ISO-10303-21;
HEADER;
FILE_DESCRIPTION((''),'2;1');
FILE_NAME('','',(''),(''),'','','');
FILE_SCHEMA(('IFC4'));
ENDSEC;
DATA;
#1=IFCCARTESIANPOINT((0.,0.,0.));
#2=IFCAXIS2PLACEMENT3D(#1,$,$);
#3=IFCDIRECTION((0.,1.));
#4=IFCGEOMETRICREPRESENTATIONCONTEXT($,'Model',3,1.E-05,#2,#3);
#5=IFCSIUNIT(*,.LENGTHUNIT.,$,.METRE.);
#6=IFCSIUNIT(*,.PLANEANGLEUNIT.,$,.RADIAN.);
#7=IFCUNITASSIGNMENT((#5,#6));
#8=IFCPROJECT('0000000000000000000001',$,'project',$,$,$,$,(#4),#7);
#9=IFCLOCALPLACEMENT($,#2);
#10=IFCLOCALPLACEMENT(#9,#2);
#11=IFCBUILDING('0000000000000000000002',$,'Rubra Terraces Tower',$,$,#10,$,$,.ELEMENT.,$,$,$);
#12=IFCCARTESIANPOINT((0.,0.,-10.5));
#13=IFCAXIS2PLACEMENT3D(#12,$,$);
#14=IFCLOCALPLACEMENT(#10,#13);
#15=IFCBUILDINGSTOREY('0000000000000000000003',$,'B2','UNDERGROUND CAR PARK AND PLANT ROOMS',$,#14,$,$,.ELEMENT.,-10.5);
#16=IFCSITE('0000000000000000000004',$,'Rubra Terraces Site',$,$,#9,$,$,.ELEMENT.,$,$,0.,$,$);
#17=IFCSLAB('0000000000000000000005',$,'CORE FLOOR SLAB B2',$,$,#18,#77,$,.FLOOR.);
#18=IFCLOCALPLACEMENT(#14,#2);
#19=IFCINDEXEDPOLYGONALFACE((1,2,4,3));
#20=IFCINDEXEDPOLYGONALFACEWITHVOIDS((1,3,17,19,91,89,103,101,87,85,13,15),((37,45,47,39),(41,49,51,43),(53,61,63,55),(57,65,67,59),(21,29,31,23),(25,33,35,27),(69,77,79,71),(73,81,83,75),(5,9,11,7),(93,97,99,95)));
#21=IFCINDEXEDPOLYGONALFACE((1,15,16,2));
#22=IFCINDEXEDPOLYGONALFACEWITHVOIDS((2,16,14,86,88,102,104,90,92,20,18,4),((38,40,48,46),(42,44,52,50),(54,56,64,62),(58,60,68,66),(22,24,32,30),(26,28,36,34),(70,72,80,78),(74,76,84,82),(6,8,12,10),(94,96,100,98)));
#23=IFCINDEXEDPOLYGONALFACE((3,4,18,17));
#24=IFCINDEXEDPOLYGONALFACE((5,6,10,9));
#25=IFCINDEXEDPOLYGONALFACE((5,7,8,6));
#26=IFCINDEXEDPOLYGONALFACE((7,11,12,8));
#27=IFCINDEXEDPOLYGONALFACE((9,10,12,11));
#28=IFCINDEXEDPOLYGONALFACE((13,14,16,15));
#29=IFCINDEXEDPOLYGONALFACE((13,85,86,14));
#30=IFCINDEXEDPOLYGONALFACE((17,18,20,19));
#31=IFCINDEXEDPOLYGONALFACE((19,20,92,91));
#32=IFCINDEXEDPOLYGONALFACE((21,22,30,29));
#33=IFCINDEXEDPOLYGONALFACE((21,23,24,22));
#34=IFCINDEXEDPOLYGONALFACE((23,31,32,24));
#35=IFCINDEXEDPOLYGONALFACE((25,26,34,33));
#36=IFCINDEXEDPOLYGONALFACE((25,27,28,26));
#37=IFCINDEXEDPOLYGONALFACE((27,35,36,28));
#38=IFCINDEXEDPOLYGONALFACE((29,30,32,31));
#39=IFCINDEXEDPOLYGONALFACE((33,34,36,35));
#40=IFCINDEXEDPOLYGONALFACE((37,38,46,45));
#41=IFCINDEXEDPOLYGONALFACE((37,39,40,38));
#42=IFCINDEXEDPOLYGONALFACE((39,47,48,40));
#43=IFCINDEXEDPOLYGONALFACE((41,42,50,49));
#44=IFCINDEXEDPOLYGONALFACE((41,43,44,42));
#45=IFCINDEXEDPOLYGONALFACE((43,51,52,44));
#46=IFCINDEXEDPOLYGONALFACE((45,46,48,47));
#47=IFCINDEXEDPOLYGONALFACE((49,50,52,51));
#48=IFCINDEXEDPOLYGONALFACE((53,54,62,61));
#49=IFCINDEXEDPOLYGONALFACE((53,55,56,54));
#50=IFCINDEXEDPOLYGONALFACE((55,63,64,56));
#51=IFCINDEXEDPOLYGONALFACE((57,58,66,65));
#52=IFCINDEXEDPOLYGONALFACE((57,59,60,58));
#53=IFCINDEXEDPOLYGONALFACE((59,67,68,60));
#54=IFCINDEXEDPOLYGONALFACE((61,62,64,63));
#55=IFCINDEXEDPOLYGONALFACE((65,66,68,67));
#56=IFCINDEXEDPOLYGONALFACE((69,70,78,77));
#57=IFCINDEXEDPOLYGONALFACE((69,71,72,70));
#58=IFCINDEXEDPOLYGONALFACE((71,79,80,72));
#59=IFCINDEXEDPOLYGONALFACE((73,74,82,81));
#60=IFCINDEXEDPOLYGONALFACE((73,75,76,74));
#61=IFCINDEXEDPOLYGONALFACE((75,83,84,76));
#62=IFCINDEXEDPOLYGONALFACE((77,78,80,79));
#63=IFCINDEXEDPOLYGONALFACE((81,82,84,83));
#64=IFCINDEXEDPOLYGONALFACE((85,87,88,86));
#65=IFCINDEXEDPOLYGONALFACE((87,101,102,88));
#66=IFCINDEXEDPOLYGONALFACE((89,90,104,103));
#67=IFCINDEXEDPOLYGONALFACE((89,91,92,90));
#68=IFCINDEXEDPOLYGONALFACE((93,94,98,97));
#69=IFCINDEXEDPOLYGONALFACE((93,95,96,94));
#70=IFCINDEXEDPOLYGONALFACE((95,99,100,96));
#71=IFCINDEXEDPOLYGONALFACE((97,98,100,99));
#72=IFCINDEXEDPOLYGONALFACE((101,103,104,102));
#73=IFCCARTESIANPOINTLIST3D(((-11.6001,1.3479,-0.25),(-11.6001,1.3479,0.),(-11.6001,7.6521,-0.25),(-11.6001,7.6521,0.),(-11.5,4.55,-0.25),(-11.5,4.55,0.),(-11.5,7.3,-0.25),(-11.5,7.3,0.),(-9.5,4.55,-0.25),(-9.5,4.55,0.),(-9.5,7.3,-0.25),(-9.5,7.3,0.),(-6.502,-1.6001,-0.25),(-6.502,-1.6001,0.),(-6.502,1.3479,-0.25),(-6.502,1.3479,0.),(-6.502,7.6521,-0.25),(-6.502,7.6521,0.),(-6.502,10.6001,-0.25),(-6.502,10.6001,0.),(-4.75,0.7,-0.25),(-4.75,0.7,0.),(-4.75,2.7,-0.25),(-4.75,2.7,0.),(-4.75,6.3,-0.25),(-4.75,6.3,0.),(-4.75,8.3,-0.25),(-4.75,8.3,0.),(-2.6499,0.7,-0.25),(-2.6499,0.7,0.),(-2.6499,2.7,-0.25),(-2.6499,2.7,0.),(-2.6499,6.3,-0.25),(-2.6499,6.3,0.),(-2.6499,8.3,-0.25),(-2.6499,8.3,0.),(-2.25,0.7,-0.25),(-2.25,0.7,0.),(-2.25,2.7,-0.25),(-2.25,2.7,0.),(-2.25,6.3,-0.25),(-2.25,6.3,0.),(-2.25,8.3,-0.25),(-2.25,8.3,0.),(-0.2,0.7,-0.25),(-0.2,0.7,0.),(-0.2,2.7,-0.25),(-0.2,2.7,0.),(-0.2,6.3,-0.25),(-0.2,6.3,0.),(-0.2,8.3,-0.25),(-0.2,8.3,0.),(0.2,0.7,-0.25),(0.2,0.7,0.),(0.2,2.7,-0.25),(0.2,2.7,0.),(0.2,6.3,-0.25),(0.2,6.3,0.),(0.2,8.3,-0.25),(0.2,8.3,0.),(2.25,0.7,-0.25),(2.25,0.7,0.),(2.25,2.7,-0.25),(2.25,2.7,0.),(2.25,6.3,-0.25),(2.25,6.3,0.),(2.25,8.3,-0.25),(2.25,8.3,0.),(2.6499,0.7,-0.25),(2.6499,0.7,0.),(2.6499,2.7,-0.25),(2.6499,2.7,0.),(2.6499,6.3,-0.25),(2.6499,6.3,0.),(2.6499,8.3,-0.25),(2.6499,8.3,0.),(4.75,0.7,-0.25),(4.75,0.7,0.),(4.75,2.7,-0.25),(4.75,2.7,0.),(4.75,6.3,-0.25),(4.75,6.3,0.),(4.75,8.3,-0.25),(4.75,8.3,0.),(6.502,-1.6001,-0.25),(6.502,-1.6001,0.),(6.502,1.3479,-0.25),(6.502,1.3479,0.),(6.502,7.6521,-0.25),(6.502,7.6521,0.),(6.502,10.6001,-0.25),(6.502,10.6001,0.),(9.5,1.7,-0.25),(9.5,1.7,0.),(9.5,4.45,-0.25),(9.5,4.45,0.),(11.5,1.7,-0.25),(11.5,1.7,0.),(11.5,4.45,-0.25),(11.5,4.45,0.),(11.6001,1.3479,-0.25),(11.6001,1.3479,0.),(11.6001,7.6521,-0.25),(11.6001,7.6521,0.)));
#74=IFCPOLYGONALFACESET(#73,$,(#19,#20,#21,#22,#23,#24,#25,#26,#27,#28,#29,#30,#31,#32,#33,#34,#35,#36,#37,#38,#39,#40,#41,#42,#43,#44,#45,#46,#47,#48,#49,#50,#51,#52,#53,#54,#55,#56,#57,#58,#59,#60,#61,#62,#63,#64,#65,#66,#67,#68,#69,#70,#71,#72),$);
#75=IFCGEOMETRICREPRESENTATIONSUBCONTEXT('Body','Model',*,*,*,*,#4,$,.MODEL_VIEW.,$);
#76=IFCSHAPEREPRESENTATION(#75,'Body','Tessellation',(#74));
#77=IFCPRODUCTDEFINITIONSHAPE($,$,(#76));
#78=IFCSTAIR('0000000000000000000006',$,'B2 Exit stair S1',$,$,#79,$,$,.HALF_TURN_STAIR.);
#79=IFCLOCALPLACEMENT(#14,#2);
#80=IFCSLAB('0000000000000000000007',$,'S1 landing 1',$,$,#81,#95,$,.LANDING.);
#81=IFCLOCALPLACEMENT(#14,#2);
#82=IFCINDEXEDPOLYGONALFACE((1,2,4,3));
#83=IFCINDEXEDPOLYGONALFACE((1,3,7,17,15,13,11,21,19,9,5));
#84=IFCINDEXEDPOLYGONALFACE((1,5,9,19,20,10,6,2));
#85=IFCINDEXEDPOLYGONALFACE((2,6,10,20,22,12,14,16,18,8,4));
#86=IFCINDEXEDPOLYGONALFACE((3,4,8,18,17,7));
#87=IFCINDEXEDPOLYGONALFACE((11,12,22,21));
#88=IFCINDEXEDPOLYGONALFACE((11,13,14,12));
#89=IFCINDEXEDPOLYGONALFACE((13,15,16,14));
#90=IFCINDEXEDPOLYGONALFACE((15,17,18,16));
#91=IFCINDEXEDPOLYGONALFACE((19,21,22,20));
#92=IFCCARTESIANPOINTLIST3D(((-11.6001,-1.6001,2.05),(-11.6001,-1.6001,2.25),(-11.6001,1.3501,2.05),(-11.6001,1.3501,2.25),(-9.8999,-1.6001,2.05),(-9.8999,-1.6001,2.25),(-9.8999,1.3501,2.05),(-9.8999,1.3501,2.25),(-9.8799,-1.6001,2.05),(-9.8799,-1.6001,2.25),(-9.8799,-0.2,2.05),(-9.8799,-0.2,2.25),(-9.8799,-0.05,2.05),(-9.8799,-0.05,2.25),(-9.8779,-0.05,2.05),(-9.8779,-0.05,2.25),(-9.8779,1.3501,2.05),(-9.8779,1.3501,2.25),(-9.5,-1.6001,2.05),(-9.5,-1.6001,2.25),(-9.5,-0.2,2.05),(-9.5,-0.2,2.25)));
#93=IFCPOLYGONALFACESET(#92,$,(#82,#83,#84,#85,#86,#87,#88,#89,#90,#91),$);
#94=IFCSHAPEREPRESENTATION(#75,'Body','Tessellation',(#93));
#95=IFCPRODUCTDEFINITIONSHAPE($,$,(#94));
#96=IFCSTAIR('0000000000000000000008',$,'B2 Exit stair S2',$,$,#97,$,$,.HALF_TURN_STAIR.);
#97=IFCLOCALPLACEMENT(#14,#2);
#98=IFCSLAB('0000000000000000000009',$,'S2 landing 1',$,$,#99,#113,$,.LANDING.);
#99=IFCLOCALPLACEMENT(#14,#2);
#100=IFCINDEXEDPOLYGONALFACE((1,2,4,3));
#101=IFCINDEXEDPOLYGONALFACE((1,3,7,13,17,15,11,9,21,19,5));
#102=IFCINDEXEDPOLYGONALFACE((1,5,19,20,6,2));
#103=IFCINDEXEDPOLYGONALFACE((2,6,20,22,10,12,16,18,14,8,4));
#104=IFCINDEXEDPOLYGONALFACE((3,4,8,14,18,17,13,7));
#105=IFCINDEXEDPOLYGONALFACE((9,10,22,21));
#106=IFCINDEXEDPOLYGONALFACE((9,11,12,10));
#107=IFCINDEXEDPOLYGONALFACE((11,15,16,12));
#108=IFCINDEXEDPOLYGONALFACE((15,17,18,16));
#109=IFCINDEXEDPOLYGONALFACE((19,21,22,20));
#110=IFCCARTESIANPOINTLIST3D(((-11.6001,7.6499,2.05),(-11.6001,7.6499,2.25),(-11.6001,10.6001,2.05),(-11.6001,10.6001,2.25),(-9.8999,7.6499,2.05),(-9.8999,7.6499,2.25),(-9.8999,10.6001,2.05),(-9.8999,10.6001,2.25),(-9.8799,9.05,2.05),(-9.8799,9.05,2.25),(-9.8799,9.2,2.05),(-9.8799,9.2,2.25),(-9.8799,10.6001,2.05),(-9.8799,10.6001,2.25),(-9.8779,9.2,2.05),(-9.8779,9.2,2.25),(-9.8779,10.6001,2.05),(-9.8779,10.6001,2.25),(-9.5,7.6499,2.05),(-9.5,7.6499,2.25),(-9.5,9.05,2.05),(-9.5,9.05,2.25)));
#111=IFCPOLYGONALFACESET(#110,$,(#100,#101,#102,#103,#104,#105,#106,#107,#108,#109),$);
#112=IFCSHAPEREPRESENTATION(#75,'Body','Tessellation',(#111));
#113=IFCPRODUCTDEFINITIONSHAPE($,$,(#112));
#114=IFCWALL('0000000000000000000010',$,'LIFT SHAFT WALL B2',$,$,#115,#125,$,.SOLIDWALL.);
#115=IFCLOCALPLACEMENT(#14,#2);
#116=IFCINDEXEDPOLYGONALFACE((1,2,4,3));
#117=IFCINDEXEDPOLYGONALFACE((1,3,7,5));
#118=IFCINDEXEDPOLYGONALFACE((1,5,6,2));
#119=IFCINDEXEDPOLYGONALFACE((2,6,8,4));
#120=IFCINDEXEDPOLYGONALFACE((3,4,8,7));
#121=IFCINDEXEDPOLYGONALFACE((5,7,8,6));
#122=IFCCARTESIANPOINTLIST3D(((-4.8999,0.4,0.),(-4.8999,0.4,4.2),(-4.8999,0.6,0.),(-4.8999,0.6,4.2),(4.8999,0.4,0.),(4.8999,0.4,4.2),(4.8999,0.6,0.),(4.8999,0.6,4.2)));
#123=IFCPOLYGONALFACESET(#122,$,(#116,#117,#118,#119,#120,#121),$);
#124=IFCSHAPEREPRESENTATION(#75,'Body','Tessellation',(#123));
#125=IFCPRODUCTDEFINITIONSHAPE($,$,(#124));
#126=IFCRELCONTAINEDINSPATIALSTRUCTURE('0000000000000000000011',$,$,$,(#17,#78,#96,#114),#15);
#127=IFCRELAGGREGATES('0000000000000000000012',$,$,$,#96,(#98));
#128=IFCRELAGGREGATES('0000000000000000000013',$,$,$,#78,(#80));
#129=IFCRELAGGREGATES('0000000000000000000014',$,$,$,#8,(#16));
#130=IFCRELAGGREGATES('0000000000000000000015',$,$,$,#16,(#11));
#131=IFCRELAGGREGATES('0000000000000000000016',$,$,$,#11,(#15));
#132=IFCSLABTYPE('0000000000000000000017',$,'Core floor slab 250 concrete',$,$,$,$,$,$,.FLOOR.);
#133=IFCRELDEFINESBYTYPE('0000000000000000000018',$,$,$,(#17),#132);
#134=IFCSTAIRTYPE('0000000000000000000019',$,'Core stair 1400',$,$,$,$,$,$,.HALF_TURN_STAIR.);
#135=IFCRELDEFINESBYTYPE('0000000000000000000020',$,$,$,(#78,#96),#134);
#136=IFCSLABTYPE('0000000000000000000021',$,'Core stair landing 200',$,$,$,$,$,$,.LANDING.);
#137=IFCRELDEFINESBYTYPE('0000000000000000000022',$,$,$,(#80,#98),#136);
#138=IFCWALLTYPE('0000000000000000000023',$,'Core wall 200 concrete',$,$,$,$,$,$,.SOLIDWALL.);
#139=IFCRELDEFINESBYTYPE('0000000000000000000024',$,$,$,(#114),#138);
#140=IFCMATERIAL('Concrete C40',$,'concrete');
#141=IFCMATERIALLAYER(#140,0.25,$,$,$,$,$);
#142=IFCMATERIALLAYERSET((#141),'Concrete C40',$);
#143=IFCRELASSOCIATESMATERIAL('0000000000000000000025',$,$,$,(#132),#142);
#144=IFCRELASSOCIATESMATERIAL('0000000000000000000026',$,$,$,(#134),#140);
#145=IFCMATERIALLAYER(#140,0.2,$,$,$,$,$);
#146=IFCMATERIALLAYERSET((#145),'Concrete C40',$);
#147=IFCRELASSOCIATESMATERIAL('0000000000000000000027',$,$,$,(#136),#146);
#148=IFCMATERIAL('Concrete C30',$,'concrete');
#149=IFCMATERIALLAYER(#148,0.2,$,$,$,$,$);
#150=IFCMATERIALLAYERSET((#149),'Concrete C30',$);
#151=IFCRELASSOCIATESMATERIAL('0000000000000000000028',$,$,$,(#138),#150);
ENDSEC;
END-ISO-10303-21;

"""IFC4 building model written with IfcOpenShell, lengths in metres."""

from ifc_helpers import new_model, si_unit, direction, frame, frame_2d, origin, place, context, subcontext, project, spatial, polyline, rectangle, outline, extrude, material, layer, layer_set, type_object, element, aggregate, save


model = new_model("IFC4")

# Units and contexts
model_context = context("Model", 3, precision=1e-05, world=origin(), true_north=direction((0.0, 1.0)))
body_context = subcontext(model_context, "Body", "Model", "MODEL_VIEW")
ifc_project = project(units=[si_unit("LENGTHUNIT", "METRE"), si_unit("PLANEANGLEUNIT", "RADIAN")], contexts=[model_context])

# Site, building, storey
site_placement = place(None, origin())
site = spatial("IfcSite", under=ifc_project, at=site_placement, Name="Rubra Terraces Site", CompositionType="ELEMENT", RefElevation=0.0)
building_placement = place(site_placement, origin())
building = spatial("IfcBuilding", under=site, at=building_placement, Name="Rubra Terraces Tower", CompositionType="ELEMENT")
storey_placement = place(building_placement, frame((0.0, 0.0, -10.5)))
storey = spatial("IfcBuildingStorey", under=building, at=storey_placement, Name="B2", Description="UNDERGROUND CAR PARK AND PLANT ROOMS", CompositionType="ELEMENT", Elevation=-10.5)

# Slab
ifc_material_1 = material(Name="Concrete C40", Category="concrete")
ifc_layer_1 = layer(ifc_material_1, 0.25)
ifc_layer_set_1 = layer_set([ifc_layer_1], Name="Concrete C40")
slab_type_1 = type_object("IfcSlabType", Name="Core floor slab 250 concrete", PredefinedType="FLOOR", material=ifc_layer_set_1)
slab_1_placement = place(storey_placement, frame((0.0, 0.0, -0.25)))
element("IfcSlab", 1, at=slab_1_placement, inside=storey, type_object=slab_type_1, Name="CORE FLOOR SLAB B2", PredefinedType="FLOOR", context=body_context, shape_type="SweptSolid", body=[
    extrude(outline(polyline([(-11.6001, 1.3479), (-11.6001, 7.6521), (-6.502, 7.6521), (-6.502, 10.6001), (6.502, 10.6001), (6.502, 7.6521), (11.6001, 7.6521), (11.6001, 1.3479), (6.502, 1.3479), (6.502, -1.6001), (-6.502, -1.6001), (-6.502, 1.3479), (-11.6001, 1.3479)]), holes=[polyline([(9.5, 1.7), (11.5, 1.7), (11.5, 4.45), (9.5, 4.45), (9.5, 1.7)]), polyline([(4.75, 0.7), (4.75, 2.7), (2.6499, 2.7), (2.6499, 0.7), (4.75, 0.7)]), polyline([(4.75, 6.3), (4.75, 8.3), (2.6499, 8.3), (2.6499, 6.3), (4.75, 6.3)]), polyline([(2.25, 0.7), (2.25, 2.7), (0.2, 2.7), (0.2, 0.7), (2.25, 0.7)]), polyline([(2.25, 6.3), (2.25, 8.3), (0.2, 8.3), (0.2, 6.3), (2.25, 6.3)]), polyline([(-0.2, 0.7), (-0.2, 2.7), (-2.25, 2.7), (-2.25, 0.7), (-0.2, 0.7)]), polyline([(-0.2, 6.3), (-0.2, 8.3), (-2.25, 8.3), (-2.25, 6.3), (-0.2, 6.3)]), polyline([(-2.6499, 0.7), (-2.6499, 2.7), (-4.75, 2.7), (-4.75, 0.7), (-2.6499, 0.7)]), polyline([(-2.6499, 8.3), (-4.75, 8.3), (-4.75, 6.3), (-2.6499, 6.3), (-2.6499, 8.3)]), polyline([(-9.5, 7.3), (-11.5, 7.3), (-11.5, 4.55), (-9.5, 4.55), (-9.5, 7.3)])]), origin(), (0.0, 0.0, 1.0), 0.25),
])

# Stairs, slabs
stair_type = type_object("IfcStairType", Name="Core stair 1400", PredefinedType="HALF_TURN_STAIR", material=ifc_material_1)
stair_1_placement = place(storey_placement, origin())
stair_1 = element("IfcStair", 2, at=stair_1_placement, inside=storey, type_object=stair_type, Name="B2 Exit stair S1", PredefinedType="HALF_TURN_STAIR")
ifc_layer_2 = layer(ifc_material_1, 0.2)
ifc_layer_set_2 = layer_set([ifc_layer_2], Name="Concrete C40")
slab_type_2 = type_object("IfcSlabType", Name="Core stair landing 200", PredefinedType="LANDING", material=ifc_layer_set_2)
slab_2_placement = place(storey_placement, frame((0.0, 0.0, 2.05)))
slab_2 = element("IfcSlab", 3, at=slab_2_placement, type_object=slab_type_2, Name="S1 landing 1", PredefinedType="LANDING", context=body_context, shape_type="SweptSolid", body=[
    extrude(outline(polyline([(-9.5, -0.2), (-9.5, -1.6001), (-9.8799, -1.6001), (-9.8999, -1.6001), (-11.6001, -1.6001), (-11.6001, 1.3501), (-9.8999, 1.3501), (-9.8779, 1.3501), (-9.8779, -0.05), (-9.8799, -0.05), (-9.8799, -0.2), (-9.5, -0.2)])), origin(), (0.0, 0.0, 1.0), 0.2),
])
stair_2_placement = place(storey_placement, origin())
stair_2 = element("IfcStair", 4, at=stair_2_placement, inside=storey, type_object=stair_type, Name="B2 Exit stair S2", PredefinedType="HALF_TURN_STAIR")
slab_3_placement = place(storey_placement, frame((0.0, 0.0, 2.05)))
slab_3 = element("IfcSlab", 5, at=slab_3_placement, type_object=slab_type_2, Name="S2 landing 1", PredefinedType="LANDING", context=body_context, shape_type="SweptSolid", body=[
    extrude(outline(polyline([(-9.5, 9.05), (-9.5, 7.6499), (-9.8999, 7.6499), (-11.6001, 7.6499), (-11.6001, 10.6001), (-9.8999, 10.6001), (-9.8799, 10.6001), (-9.8779, 10.6001), (-9.8779, 9.2), (-9.8799, 9.2), (-9.8799, 9.05), (-9.5, 9.05)])), origin(), (0.0, 0.0, 1.0), 0.2),
])
aggregate(stair_2, [slab_3])

# Wall
ifc_material_2 = material(Name="Concrete C30", Category="concrete")
ifc_layer_3 = layer(ifc_material_2, 0.2)
ifc_layer_set_3 = layer_set([ifc_layer_3], Name="Concrete C30")
wall_type_1 = type_object("IfcWallType", Name="Core wall 200 concrete", PredefinedType="SOLIDWALL", material=ifc_layer_set_3)
wall_1_placement = place(storey_placement, frame((-4.8999, 0.5, 0.0), z_axis=(0.0, 0.0, 1.0), x_axis=(1.0, 0.0, 0.0)))
element("IfcWall", 6, at=wall_1_placement, inside=storey, type_object=wall_type_1, Name="LIFT SHAFT WALL B2", PredefinedType="SOLIDWALL", context=body_context, shape_type="SweptSolid", body=[
    extrude(rectangle(XDim=9.7998, YDim=0.2, at=frame_2d((4.8999, 0.0))), origin(), (0.0, 0.0, 1.0), 4.2),
])

aggregate(stair_1, [slab_2])

save(model, "model.ifc")
